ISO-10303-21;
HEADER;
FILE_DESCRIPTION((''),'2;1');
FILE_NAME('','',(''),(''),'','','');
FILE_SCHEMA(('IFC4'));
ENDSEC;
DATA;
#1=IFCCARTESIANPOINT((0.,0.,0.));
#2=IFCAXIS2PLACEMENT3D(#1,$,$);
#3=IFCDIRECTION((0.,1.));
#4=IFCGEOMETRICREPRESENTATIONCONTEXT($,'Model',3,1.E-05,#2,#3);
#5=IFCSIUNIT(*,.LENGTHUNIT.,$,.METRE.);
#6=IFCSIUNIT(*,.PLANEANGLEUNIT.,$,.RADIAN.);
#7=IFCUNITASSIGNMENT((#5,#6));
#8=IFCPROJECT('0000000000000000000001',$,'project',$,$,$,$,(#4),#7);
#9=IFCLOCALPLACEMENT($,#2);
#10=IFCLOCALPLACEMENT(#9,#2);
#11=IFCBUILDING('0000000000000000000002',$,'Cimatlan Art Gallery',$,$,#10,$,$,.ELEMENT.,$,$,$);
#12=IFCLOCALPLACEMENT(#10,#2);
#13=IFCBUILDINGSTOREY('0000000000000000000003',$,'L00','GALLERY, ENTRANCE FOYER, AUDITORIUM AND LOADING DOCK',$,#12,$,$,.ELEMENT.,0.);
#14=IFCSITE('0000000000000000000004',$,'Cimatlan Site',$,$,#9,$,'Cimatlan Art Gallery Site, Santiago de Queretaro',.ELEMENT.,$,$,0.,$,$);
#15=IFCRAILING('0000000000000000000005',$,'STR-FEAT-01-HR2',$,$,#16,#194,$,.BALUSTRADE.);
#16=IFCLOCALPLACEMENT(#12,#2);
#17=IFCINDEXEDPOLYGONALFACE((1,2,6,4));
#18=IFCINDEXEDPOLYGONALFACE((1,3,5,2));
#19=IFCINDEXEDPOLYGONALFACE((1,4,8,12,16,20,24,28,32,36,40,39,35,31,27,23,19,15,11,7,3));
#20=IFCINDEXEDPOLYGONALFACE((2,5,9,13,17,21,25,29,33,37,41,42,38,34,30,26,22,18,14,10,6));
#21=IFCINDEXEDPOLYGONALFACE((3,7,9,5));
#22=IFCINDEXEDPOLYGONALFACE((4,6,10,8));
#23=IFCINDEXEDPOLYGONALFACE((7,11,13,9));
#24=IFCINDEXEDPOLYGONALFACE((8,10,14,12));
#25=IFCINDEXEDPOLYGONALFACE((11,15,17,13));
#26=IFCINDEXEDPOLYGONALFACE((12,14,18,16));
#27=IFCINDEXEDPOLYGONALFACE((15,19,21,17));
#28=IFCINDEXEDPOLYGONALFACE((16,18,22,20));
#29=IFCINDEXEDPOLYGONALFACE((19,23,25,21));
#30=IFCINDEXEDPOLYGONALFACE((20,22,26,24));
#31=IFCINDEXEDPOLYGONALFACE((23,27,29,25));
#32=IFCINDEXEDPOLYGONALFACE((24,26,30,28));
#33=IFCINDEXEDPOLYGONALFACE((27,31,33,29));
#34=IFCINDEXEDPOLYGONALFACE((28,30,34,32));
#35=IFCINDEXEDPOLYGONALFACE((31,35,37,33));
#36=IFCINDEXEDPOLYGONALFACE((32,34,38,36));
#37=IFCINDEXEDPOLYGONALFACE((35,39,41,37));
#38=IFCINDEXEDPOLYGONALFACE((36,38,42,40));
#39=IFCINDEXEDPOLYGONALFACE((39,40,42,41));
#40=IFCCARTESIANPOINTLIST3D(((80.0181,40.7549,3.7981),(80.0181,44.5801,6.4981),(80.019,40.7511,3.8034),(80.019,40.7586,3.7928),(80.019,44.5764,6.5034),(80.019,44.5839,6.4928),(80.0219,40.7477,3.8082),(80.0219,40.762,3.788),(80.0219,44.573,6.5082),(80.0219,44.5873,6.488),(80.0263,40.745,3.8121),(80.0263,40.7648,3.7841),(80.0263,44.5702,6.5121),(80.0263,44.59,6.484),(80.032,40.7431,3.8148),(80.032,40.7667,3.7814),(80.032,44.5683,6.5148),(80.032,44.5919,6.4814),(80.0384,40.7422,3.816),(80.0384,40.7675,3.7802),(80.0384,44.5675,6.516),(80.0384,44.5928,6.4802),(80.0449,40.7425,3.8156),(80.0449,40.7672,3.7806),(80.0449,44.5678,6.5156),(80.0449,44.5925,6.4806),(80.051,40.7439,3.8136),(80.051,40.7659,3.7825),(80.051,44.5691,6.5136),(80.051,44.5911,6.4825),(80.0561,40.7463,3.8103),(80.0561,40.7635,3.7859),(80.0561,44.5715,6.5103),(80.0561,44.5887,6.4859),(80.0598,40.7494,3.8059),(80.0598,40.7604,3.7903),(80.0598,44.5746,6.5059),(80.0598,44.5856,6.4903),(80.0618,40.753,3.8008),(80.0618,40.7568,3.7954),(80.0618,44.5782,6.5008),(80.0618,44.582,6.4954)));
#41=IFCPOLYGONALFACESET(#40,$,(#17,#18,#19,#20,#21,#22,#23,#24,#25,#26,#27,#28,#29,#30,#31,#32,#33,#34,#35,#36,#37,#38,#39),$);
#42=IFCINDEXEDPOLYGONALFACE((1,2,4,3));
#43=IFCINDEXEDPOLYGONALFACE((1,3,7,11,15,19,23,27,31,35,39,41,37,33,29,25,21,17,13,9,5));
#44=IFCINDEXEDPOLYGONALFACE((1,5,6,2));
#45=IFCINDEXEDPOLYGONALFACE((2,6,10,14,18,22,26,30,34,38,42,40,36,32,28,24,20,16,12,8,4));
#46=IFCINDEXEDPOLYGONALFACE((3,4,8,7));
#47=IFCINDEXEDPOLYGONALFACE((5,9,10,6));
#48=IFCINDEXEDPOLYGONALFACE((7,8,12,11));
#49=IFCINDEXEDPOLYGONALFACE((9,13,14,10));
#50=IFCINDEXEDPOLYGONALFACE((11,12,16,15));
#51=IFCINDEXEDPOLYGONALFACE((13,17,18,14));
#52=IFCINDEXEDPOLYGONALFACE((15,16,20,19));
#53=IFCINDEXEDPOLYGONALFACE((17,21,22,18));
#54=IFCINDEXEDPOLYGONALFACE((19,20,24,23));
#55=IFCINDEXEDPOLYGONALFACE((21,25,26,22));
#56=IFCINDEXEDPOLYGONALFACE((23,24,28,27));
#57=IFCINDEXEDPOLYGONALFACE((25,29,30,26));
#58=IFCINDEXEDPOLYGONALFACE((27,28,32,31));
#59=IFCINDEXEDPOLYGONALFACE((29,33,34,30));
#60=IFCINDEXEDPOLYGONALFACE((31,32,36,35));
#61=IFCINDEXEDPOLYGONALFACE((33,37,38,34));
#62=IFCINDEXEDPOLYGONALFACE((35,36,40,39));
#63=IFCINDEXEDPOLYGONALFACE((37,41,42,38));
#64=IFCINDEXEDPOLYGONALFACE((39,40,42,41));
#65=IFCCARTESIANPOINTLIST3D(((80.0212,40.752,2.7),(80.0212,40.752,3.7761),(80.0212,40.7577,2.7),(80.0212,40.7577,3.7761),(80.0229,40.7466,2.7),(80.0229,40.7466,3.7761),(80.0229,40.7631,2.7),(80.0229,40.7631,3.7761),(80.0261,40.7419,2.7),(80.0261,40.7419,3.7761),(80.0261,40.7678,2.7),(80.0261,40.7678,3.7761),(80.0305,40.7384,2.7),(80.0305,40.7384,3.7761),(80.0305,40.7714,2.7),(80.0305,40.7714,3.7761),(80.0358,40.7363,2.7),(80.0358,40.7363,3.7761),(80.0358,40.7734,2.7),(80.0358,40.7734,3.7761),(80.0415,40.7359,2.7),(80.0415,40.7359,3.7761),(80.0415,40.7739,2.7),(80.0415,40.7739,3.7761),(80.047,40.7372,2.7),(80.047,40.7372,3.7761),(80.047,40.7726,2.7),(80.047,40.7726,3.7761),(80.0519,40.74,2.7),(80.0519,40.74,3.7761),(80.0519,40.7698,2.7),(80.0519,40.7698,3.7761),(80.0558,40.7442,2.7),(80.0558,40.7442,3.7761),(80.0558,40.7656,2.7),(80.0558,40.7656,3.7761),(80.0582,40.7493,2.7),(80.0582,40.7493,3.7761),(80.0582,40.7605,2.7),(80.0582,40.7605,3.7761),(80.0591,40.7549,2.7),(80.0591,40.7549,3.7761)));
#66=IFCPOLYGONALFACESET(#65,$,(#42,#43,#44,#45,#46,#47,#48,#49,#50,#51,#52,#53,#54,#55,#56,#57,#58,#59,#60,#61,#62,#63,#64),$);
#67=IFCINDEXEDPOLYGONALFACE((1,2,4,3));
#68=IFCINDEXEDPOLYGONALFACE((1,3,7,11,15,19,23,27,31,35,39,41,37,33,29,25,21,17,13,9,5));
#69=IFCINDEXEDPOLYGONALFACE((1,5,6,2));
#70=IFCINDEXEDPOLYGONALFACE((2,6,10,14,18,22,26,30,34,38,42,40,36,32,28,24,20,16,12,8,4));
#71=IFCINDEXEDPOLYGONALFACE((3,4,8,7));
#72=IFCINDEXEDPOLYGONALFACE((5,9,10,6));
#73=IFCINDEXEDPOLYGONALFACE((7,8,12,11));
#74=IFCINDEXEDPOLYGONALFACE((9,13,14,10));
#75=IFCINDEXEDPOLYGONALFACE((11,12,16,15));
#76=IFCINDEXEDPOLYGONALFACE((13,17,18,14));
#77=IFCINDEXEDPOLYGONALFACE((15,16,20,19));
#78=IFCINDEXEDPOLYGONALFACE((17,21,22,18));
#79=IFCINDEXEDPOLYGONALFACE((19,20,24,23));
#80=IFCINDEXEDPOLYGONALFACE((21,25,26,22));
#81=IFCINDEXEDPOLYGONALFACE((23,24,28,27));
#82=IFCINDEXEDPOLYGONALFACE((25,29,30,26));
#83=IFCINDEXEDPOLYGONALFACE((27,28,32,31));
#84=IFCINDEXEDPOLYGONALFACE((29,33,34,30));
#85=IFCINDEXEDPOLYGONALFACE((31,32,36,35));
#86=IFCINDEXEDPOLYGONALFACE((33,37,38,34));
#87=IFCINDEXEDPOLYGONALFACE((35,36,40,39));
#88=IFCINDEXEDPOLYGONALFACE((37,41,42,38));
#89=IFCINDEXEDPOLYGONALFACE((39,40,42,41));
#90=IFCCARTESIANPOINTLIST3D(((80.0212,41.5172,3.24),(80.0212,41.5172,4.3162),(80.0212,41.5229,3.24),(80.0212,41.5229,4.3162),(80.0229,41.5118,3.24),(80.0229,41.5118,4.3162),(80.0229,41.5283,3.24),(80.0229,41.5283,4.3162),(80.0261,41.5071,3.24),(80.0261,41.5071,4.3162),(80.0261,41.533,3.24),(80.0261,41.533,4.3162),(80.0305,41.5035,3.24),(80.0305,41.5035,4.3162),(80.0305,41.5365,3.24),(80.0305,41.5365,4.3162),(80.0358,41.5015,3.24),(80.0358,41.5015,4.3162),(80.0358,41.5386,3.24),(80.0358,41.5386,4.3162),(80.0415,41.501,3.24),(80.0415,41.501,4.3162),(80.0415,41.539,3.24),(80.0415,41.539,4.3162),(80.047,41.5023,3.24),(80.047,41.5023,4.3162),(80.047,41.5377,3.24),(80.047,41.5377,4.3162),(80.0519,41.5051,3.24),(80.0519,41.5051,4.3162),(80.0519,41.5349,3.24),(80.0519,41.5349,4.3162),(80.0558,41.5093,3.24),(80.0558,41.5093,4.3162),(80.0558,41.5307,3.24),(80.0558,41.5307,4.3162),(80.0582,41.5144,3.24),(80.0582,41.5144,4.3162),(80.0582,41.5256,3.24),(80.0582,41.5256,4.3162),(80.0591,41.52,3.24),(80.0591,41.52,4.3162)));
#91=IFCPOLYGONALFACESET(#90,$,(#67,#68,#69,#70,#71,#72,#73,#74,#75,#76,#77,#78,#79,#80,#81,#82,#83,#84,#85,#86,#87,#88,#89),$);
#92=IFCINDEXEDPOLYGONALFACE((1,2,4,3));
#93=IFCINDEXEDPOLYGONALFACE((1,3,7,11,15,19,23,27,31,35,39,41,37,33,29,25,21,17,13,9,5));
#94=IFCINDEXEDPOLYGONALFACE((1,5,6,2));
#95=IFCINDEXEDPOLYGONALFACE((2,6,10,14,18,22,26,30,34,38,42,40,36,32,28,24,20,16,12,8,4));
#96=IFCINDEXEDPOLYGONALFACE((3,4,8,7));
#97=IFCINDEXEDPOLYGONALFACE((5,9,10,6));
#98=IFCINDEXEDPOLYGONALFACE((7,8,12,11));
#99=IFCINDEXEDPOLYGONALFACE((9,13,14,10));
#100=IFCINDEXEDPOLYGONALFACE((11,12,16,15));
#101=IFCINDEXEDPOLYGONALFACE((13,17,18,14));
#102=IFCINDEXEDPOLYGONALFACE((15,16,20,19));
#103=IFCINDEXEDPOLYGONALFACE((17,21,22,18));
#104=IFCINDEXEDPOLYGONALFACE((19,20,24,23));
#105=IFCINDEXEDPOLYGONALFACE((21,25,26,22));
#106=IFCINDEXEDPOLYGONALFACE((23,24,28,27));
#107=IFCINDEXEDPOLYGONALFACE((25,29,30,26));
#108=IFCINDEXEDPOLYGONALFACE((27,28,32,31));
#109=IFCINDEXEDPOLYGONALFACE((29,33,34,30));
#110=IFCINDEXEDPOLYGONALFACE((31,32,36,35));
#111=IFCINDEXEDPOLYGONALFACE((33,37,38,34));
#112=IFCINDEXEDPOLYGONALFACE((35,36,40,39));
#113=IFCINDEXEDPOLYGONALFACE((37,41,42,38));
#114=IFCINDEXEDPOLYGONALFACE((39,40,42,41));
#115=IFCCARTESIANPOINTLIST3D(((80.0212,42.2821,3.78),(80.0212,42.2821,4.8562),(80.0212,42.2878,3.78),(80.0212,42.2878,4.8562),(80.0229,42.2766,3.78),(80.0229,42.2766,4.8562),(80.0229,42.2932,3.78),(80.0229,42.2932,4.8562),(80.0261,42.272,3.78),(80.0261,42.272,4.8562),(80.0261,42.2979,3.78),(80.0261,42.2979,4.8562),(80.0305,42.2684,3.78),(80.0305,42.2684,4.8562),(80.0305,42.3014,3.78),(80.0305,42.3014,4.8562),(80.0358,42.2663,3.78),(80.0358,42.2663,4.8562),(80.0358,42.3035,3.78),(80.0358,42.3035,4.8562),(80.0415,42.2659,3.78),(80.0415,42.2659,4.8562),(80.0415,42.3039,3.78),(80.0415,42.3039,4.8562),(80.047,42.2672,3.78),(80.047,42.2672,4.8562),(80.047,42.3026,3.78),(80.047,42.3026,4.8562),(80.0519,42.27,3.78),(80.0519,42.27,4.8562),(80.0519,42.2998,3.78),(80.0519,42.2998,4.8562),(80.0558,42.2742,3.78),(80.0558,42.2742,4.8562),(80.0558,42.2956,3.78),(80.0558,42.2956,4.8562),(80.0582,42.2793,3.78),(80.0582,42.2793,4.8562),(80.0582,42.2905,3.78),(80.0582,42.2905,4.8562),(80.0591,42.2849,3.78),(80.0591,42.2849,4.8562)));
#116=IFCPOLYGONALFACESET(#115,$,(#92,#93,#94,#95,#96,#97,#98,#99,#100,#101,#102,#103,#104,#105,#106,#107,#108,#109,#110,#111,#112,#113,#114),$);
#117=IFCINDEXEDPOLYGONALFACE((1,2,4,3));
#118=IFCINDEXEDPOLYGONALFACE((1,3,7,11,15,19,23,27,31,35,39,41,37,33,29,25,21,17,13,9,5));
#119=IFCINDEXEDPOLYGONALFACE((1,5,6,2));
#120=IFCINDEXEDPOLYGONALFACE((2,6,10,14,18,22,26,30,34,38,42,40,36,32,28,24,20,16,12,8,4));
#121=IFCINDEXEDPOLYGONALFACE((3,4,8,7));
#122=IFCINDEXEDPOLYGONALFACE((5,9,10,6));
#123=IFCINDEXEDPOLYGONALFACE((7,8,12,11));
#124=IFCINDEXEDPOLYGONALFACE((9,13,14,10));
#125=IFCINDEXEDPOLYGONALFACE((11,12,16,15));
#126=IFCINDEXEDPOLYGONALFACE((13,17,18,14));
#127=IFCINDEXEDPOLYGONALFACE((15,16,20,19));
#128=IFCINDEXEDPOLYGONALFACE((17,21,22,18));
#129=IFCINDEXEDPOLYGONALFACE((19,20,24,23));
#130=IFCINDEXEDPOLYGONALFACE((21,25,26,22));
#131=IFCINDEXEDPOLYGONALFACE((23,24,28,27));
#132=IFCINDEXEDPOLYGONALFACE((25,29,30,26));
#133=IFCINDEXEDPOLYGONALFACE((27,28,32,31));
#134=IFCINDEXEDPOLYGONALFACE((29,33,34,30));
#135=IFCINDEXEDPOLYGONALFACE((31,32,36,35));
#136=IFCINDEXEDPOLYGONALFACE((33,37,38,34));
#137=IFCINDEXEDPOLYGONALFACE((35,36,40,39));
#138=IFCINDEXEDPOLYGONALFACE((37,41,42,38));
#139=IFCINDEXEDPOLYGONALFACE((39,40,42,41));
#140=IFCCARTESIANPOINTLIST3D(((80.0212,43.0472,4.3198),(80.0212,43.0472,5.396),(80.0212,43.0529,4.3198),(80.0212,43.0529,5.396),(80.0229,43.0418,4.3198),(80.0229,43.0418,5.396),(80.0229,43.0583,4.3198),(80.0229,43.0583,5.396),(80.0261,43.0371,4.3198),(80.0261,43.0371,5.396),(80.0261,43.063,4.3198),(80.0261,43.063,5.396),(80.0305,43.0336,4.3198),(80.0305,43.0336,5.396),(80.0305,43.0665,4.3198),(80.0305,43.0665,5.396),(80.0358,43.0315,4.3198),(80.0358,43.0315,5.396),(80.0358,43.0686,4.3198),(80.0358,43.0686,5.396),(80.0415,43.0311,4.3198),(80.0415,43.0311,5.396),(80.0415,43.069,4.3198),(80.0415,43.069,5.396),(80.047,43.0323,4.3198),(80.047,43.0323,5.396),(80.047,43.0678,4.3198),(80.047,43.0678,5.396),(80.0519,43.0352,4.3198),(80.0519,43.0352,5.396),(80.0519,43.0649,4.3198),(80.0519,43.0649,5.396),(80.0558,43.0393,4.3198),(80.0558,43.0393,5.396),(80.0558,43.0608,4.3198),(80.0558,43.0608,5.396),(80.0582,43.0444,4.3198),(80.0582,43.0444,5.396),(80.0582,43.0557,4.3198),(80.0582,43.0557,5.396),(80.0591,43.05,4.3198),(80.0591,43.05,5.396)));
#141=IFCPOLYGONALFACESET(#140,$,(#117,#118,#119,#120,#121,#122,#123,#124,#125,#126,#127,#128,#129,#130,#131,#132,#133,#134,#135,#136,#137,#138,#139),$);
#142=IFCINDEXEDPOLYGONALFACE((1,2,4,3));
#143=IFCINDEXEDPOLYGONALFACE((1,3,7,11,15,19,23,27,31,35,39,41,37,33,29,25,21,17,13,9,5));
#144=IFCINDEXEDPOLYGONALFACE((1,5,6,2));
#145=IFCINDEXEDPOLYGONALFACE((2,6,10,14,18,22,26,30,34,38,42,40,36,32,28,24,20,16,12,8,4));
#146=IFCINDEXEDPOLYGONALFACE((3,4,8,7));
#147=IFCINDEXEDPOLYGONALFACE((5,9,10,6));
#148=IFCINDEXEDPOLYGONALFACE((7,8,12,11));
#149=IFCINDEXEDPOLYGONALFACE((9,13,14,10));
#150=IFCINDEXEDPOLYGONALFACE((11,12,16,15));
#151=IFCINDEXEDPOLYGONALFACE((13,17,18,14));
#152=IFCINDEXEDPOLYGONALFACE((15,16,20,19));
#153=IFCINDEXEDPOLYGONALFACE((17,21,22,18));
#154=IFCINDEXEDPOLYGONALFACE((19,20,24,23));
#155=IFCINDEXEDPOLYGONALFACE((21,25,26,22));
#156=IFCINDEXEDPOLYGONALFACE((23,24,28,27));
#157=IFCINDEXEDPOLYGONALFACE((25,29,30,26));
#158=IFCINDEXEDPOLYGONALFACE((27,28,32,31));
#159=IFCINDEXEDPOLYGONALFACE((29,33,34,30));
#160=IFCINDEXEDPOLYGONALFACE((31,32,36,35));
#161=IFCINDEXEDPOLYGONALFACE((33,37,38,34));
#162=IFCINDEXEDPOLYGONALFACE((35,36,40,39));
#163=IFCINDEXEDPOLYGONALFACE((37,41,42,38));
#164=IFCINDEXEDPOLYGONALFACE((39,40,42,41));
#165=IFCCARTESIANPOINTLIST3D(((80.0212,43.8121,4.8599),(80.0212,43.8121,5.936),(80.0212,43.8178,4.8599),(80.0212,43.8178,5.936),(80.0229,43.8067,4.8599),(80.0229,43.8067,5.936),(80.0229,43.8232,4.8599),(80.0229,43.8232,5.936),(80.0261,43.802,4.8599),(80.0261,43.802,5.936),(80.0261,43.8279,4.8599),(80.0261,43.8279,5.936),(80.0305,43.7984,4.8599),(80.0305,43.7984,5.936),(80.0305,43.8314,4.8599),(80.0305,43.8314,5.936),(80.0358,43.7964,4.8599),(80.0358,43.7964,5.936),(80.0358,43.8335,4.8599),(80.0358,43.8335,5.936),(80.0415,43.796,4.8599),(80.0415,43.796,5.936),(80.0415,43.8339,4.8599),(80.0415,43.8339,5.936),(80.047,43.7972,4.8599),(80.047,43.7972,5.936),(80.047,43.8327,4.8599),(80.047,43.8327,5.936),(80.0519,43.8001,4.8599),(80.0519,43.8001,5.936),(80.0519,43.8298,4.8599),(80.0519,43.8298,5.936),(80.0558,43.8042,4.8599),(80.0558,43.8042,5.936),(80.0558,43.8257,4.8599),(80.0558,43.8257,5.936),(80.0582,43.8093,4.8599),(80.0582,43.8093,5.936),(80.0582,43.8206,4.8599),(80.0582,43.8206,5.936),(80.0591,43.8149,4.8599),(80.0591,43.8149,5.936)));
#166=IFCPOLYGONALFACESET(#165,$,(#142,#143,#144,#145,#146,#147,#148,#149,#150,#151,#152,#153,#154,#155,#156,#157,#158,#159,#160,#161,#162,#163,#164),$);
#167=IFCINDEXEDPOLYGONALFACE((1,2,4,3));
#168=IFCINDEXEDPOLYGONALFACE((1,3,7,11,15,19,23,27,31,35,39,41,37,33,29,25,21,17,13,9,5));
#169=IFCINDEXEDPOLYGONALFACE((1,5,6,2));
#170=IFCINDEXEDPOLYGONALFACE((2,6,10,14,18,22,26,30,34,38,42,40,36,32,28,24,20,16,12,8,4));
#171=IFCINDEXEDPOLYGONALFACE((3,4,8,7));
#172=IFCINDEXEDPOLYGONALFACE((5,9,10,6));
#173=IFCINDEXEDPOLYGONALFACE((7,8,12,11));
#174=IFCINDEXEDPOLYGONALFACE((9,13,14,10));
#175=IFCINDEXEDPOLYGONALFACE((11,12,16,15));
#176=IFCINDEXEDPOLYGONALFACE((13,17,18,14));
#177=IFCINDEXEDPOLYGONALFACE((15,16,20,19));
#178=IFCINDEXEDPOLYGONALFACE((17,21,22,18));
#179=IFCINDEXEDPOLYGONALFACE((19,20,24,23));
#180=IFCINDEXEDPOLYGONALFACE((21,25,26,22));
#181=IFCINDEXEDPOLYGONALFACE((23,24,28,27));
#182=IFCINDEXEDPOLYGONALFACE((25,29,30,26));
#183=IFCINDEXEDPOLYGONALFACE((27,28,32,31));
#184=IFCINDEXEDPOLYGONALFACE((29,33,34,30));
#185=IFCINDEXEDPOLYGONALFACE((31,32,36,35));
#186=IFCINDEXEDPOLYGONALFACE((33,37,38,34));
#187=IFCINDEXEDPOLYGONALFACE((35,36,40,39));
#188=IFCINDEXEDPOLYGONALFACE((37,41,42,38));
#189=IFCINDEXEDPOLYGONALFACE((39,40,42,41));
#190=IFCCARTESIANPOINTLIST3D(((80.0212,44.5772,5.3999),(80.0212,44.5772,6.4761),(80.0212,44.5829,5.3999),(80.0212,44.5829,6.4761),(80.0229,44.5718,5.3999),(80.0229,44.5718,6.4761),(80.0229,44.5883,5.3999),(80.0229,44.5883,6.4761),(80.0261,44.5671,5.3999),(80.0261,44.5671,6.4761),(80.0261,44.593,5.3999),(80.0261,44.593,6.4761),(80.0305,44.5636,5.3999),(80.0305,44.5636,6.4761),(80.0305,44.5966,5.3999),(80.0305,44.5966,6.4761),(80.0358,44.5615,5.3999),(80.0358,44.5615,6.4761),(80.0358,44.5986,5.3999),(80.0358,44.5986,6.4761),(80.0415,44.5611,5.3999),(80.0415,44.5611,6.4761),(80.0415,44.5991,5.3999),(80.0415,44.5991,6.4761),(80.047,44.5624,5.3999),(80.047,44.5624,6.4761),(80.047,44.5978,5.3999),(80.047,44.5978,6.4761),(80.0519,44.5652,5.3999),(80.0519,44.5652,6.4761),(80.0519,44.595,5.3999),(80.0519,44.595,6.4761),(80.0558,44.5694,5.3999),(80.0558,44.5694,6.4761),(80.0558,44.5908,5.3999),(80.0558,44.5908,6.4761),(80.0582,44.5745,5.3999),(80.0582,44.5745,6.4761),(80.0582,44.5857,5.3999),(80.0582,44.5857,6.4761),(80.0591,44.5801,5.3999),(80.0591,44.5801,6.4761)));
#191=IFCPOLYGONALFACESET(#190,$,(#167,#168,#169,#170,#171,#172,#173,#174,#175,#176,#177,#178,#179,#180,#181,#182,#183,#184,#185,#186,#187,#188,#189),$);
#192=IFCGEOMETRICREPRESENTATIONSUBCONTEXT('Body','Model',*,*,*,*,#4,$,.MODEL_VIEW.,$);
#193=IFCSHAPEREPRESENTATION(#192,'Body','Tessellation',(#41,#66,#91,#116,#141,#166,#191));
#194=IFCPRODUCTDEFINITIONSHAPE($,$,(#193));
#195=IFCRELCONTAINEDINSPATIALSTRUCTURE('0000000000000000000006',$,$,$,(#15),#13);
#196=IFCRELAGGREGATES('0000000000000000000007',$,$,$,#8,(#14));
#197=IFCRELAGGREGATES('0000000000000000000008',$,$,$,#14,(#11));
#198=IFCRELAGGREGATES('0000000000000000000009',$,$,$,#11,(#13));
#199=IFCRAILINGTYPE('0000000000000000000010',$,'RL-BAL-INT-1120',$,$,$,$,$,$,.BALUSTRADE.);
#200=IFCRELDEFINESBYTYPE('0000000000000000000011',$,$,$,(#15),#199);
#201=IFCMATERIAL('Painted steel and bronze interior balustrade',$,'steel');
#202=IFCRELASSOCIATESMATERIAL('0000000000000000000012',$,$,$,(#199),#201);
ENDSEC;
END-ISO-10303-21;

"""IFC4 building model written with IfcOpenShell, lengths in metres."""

from ifc_helpers import new_model, si_unit, direction, frame, origin, origin_2d, place, context, subcontext, project, spatial, circle, extrude, material, type_object, element, save


model = new_model("IFC4")

# Units and contexts
model_context = context("Model", 3, precision=1e-05, world=origin(), true_north=direction((0.0, 1.0)))
body_context = subcontext(model_context, "Body", "Model", "MODEL_VIEW")
ifc_project = project(units=[si_unit("LENGTHUNIT", "METRE"), si_unit("PLANEANGLEUNIT", "RADIAN")], contexts=[model_context])

# Site, building, storey
site_placement = place(None, origin())
site = spatial("IfcSite", under=ifc_project, at=site_placement, Name="Cimatlan Site", LongName="Cimatlan Art Gallery Site, Santiago de Queretaro", CompositionType="ELEMENT", RefElevation=0.0)
building_placement = place(site_placement, origin())
building = spatial("IfcBuilding", under=site, at=building_placement, Name="Cimatlan Art Gallery", CompositionType="ELEMENT")
storey_placement = place(building_placement, origin())
storey = spatial("IfcBuildingStorey", under=building, at=storey_placement, Name="L00", Description="GALLERY, ENTRANCE FOYER, AUDITORIUM AND LOADING DOCK", CompositionType="ELEMENT", Elevation=0.0)

# Railing
ifc_material_1 = material(Name="Painted steel and bronze interior balustrade", Category="steel")
railing_type_1 = type_object("IfcRailingType", Name="RL-BAL-INT-1120", PredefinedType="BALUSTRADE", material=ifc_material_1)
railing_1_placement = place(storey_placement, frame((80.04, 40.7549, 2.7)))
element("IfcRailing", 1, at=railing_1_placement, inside=storey, type_object=railing_type_1, Name="STR-FEAT-01-HR2", PredefinedType="BALUSTRADE", context=body_context, shape_type="SweptSolid", body=[
    extrude(circle(Radius=0.022, at=origin_2d()), frame((0.0, 0.0, 1.0981), z_axis=(0.0, 0.816987, 0.576657), x_axis=(-1.0, 0.0, 0.0)), (0.0, 0.0, 1.0), 4.6821),
    extrude(circle(Radius=0.019, at=origin_2d()), origin(), (0.0, 0.0, 1.0), 1.0762),
    extrude(circle(Radius=0.019, at=origin_2d()), frame((0.0, 0.7651, 0.54)), (0.0, 0.0, 1.0), 1.0762),
    extrude(circle(Radius=0.019, at=origin_2d()), frame((0.0, 1.53, 1.0801)), (0.0, 0.0, 1.0), 1.0762),
    extrude(circle(Radius=0.019, at=origin_2d()), frame((0.0, 2.2952, 1.6199)), (0.0, 0.0, 1.0), 1.0762),
    extrude(circle(Radius=0.019, at=origin_2d()), frame((0.0, 3.0601, 2.1599)), (0.0, 0.0, 1.0), 1.0762),
    extrude(circle(Radius=0.019, at=origin_2d()), frame((0.0, 3.8252, 2.7)), (0.0, 0.0, 1.0), 1.0762),
])

save(model, "model.ifc")
